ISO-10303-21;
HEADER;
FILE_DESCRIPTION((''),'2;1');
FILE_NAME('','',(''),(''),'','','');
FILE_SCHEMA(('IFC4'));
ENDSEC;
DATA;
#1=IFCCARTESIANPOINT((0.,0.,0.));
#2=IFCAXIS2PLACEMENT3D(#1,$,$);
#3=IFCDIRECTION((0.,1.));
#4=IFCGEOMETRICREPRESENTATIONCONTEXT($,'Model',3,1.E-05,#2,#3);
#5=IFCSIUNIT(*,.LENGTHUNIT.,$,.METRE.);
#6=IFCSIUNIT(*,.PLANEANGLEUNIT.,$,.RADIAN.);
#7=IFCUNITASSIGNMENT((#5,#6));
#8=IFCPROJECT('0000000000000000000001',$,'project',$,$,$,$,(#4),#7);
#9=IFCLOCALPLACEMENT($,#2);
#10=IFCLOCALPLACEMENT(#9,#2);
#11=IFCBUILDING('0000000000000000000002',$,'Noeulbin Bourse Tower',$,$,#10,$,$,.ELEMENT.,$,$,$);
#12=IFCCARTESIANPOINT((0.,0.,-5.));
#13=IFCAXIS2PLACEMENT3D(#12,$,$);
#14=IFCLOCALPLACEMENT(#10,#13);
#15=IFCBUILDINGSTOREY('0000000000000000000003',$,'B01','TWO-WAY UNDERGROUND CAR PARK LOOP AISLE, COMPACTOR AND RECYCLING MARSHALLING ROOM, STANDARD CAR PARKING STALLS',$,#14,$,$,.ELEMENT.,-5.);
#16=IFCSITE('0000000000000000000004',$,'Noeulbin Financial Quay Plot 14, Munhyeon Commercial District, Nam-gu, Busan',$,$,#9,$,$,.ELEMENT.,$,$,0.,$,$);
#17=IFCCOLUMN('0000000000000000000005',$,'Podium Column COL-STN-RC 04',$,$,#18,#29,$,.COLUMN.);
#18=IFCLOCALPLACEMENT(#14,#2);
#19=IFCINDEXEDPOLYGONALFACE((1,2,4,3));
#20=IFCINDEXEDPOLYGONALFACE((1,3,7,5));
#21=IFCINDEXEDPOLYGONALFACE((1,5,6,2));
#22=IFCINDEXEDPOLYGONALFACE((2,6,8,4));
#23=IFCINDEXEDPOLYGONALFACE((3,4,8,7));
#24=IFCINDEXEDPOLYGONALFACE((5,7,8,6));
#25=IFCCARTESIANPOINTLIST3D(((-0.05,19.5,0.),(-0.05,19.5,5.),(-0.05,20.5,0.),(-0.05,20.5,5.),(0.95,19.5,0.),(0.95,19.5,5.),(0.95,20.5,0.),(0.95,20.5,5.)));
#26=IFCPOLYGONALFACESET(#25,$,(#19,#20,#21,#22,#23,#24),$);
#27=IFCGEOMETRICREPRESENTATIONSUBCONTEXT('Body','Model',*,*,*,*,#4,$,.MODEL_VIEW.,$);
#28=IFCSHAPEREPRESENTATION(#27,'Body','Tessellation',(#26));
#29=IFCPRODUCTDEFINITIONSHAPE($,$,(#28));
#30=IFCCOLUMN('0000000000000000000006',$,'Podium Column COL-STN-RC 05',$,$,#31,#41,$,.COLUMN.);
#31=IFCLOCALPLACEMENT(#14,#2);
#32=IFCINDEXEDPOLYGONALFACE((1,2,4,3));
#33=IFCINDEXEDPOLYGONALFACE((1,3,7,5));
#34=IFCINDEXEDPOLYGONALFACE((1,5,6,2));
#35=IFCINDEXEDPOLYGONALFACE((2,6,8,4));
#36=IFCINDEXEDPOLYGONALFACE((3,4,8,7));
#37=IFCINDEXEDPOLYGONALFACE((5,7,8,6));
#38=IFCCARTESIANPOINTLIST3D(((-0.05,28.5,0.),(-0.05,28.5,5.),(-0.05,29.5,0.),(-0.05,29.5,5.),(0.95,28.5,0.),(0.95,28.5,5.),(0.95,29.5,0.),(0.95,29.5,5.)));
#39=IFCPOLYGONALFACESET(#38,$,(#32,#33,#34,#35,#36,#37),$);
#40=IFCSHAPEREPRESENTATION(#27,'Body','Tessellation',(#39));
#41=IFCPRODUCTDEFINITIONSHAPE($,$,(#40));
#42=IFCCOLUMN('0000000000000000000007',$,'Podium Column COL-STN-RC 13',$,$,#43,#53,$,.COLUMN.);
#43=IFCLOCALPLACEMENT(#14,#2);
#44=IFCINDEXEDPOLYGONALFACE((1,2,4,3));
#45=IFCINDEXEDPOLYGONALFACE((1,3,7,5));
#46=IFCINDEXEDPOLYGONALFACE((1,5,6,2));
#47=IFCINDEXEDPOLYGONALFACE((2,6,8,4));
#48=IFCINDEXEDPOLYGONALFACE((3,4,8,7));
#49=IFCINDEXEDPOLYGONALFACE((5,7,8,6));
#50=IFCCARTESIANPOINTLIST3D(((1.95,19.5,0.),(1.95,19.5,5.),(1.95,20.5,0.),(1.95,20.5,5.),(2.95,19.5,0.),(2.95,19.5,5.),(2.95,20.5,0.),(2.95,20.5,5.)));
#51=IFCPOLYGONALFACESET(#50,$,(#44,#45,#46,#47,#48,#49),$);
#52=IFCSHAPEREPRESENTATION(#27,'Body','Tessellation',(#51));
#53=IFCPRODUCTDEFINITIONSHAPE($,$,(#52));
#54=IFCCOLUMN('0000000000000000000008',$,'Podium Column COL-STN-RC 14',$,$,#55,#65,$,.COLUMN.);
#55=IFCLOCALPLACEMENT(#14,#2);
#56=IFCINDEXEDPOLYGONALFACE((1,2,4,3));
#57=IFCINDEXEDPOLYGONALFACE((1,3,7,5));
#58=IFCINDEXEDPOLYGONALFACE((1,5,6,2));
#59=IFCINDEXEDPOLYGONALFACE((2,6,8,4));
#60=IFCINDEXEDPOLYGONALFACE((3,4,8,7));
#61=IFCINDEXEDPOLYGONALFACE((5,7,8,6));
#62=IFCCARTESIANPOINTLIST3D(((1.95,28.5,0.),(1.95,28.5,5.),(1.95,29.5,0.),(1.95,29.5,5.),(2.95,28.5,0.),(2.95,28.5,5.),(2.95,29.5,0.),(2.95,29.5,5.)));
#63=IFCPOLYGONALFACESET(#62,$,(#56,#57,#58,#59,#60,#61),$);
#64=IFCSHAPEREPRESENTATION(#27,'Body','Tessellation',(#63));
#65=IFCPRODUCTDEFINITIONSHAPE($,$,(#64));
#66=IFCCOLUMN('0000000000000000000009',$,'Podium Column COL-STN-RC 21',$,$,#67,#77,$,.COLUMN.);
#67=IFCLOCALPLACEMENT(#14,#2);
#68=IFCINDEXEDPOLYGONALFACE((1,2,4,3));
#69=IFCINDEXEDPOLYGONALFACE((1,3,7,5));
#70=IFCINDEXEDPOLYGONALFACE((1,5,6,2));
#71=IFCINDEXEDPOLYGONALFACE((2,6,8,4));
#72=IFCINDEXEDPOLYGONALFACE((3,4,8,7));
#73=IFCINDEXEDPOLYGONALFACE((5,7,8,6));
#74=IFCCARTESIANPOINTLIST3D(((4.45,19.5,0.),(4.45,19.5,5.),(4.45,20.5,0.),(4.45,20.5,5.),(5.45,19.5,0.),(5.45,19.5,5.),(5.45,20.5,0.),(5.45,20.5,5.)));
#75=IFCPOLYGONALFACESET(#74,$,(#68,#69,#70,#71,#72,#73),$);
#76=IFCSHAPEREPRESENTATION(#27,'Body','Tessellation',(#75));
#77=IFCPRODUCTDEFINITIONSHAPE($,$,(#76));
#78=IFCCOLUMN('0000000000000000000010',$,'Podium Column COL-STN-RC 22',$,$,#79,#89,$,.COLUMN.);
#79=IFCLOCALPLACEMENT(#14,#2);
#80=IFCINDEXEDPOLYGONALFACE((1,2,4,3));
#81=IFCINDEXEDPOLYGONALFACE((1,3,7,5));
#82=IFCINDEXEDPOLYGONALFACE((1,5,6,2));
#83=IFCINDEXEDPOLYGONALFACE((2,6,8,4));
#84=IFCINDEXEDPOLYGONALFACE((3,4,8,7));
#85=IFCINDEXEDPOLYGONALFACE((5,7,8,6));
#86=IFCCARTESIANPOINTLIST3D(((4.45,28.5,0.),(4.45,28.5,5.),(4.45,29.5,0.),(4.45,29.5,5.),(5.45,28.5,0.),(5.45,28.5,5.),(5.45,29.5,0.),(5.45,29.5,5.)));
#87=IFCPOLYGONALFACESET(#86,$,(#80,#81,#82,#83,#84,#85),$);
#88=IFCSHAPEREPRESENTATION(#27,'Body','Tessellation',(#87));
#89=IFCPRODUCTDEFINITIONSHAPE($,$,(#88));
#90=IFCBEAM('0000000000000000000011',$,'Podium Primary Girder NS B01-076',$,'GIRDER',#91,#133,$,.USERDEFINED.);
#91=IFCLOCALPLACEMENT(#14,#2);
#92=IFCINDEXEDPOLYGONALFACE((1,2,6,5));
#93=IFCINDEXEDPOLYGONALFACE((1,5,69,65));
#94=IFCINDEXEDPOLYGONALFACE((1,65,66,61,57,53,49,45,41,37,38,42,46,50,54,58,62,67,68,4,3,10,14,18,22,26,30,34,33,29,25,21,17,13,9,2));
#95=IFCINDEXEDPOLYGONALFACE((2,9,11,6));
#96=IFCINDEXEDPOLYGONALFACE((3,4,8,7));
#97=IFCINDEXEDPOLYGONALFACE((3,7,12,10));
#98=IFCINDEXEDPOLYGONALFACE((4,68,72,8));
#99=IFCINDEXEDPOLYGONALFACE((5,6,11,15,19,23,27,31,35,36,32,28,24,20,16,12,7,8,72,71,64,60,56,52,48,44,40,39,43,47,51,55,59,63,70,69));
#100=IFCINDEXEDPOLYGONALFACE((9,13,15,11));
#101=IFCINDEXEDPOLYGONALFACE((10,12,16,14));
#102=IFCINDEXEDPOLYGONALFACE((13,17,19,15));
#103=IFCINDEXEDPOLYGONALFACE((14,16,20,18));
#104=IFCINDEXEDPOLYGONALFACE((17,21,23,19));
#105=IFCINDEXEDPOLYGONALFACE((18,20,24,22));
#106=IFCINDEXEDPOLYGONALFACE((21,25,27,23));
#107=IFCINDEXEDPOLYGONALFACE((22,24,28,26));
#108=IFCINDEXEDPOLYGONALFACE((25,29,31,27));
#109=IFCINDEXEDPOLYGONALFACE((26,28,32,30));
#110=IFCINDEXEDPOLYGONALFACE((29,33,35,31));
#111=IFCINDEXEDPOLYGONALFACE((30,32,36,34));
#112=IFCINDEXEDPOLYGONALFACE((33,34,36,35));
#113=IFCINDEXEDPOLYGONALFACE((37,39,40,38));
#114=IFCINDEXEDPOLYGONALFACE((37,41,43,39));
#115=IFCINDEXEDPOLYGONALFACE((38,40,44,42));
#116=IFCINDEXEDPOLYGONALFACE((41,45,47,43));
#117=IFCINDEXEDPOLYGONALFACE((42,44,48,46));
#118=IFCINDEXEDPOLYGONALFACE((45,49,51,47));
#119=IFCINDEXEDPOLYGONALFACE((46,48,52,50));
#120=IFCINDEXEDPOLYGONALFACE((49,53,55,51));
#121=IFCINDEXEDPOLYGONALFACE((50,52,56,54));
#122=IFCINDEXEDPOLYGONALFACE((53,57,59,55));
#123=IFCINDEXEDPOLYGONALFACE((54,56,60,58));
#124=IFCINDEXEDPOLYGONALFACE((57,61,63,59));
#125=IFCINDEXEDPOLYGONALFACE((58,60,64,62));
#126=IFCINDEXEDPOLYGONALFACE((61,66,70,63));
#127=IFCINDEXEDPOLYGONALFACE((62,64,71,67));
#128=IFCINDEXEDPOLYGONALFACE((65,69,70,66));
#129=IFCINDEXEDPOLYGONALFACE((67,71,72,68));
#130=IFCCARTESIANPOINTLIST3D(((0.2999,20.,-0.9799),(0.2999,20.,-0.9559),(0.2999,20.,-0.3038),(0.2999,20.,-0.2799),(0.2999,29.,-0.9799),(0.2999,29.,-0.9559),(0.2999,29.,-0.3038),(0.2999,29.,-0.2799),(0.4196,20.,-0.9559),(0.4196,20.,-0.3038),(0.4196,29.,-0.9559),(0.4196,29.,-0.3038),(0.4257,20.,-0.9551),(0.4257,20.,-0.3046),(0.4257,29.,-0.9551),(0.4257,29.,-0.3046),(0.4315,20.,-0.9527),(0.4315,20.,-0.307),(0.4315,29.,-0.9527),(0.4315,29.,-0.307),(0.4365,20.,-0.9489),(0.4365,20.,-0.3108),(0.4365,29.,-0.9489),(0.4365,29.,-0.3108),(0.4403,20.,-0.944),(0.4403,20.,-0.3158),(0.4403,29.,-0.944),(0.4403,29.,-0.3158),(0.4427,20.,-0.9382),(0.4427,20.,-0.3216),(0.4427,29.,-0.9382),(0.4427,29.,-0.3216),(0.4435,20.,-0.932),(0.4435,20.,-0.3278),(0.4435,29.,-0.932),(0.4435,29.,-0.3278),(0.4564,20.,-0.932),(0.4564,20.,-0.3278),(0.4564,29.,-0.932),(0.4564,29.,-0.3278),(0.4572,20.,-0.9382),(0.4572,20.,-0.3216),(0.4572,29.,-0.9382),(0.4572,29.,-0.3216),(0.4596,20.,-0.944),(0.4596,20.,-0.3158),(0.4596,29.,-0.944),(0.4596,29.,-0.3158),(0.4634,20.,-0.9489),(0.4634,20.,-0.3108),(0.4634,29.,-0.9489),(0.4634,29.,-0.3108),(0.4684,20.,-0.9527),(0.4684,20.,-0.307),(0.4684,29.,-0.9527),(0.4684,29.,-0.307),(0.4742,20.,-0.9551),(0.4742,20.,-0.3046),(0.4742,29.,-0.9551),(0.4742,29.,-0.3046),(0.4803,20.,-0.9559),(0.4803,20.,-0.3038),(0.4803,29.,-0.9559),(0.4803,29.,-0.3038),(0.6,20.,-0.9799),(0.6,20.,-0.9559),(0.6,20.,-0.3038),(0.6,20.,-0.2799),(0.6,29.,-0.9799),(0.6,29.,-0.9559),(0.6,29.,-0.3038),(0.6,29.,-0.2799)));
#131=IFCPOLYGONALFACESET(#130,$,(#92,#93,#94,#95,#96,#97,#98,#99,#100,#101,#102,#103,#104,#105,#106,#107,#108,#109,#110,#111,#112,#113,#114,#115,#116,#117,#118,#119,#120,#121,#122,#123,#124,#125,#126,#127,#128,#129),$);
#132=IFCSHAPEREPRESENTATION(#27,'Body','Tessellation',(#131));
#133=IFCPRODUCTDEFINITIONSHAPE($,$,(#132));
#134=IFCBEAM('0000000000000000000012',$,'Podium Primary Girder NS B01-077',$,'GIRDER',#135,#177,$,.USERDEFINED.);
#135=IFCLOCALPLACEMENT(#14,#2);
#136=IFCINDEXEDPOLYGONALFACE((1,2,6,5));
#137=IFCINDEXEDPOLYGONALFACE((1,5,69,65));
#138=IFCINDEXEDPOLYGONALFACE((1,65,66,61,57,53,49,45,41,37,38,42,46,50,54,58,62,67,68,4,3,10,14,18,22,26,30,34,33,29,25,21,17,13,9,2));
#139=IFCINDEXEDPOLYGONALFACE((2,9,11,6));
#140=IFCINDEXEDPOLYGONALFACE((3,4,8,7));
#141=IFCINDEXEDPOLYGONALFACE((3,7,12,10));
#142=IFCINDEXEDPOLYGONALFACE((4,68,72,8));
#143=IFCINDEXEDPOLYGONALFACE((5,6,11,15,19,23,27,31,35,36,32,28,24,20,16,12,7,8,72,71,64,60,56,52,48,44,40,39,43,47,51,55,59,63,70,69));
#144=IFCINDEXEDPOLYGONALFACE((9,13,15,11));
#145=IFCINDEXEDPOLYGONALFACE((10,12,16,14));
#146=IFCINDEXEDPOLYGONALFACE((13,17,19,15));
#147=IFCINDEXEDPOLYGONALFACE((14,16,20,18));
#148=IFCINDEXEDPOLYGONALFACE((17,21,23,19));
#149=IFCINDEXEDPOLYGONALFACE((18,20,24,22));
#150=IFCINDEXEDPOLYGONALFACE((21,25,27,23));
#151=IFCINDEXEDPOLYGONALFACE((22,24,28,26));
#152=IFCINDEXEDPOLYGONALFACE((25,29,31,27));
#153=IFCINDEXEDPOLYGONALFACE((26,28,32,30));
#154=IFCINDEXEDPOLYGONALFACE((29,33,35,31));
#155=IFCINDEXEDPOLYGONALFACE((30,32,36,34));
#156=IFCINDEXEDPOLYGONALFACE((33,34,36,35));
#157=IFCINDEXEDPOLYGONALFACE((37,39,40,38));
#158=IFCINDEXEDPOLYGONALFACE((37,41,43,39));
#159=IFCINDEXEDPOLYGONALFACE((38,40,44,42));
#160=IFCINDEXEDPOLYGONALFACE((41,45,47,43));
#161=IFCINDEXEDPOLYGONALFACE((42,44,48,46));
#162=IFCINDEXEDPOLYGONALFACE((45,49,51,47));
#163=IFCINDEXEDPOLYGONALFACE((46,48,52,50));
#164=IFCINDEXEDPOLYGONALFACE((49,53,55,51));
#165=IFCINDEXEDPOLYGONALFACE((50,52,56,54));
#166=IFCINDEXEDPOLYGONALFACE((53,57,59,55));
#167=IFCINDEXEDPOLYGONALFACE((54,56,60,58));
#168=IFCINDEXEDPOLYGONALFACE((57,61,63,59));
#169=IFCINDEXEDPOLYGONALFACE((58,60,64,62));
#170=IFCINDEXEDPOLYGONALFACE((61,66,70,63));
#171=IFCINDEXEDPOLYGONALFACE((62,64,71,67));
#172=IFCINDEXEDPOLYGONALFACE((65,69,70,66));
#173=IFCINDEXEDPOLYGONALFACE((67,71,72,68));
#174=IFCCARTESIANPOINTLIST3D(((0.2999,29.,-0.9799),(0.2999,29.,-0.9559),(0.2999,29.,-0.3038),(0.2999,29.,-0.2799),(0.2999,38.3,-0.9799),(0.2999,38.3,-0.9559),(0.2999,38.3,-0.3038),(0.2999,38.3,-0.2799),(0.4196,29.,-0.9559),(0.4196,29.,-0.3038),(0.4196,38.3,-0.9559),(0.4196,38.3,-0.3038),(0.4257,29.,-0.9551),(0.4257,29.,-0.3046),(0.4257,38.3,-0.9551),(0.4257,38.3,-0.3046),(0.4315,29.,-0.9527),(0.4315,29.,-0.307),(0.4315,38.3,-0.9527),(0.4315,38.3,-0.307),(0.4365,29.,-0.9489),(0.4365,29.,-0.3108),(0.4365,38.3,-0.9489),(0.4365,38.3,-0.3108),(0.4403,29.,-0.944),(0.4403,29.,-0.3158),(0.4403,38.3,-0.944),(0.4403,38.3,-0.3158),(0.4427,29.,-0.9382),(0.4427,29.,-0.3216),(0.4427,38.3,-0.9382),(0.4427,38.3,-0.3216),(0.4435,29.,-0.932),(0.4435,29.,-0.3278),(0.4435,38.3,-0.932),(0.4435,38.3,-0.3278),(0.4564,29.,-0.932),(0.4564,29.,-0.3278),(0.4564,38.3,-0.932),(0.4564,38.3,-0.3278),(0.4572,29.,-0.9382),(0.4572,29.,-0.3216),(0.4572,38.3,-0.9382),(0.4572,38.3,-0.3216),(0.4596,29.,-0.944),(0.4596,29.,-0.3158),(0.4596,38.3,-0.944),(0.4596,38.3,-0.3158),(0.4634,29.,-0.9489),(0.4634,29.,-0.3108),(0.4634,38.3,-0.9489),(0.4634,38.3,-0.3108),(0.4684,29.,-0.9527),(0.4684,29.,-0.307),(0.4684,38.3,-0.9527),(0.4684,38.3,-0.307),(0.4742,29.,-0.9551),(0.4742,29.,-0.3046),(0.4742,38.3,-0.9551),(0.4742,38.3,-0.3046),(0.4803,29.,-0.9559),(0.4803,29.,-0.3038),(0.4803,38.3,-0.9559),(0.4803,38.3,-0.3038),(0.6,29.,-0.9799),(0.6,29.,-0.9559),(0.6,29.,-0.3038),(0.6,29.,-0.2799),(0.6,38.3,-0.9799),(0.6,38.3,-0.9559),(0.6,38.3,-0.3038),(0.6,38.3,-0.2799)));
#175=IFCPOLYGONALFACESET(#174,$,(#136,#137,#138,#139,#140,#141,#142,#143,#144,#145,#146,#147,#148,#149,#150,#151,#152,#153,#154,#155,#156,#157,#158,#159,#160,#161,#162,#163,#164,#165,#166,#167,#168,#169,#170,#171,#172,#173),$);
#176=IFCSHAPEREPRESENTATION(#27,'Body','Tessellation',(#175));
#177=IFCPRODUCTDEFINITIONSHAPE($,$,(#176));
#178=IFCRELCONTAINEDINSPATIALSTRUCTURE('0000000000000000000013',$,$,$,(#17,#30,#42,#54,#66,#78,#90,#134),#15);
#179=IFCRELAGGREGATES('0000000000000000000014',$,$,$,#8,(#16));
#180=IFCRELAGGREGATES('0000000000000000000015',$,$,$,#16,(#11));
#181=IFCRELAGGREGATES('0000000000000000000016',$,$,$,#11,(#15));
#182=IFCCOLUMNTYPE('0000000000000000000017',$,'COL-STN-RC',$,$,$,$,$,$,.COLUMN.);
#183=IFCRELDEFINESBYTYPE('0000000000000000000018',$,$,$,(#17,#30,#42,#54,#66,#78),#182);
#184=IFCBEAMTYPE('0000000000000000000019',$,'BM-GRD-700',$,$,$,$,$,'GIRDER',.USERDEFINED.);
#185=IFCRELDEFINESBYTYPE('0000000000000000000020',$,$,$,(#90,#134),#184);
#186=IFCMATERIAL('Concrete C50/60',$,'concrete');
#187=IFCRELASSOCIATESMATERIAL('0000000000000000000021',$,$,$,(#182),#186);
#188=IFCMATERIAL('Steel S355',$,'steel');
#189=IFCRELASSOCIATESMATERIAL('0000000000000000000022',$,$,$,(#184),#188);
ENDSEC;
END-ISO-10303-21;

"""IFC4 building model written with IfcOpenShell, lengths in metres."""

from ifc_helpers import new_model, si_unit, direction, frame, origin, origin_2d, place, context, subcontext, project, spatial, rectangle, i_section, extrude, material, material_profile, profile_set, type_object, element, save


model = new_model("IFC4")

# Units and contexts
model_context = context("Model", 3, precision=1e-05, world=origin(), true_north=direction((0.0, 1.0)))
body_context = subcontext(model_context, "Body", "Model", "MODEL_VIEW")
ifc_project = project(units=[si_unit("LENGTHUNIT", "METRE"), si_unit("PLANEANGLEUNIT", "RADIAN")], contexts=[model_context])

# Site, building, storey
site_placement = place(None, origin())
site = spatial("IfcSite", under=ifc_project, at=site_placement, Name="Noeulbin Financial Quay Plot 14, Munhyeon Commercial District, Nam-gu, Busan", CompositionType="ELEMENT", RefElevation=0.0)
building_placement = place(site_placement, origin())
building = spatial("IfcBuilding", under=site, at=building_placement, Name="Noeulbin Bourse Tower", CompositionType="ELEMENT")
storey_placement = place(building_placement, frame((0.0, 0.0, -5.0)))
storey = spatial("IfcBuildingStorey", under=building, at=storey_placement, Name="B01", Description="TWO-WAY UNDERGROUND CAR PARK LOOP AISLE, COMPACTOR AND RECYCLING MARSHALLING ROOM, STANDARD CAR PARKING STALLS", CompositionType="ELEMENT", Elevation=-5.0)

# Columns
ifc_material_1 = material(Name="Concrete C50/60", Category="concrete")
ifc_material_profile_1 = material_profile(ifc_material_1, rectangle(XDim=1.0, YDim=1.0, at=origin_2d()), Name="RC-COL-1000x1000", Category="LoadBearing")
ifc_profile_set_1 = profile_set([ifc_material_profile_1], Name="Concrete C50/60")
column_type = type_object("IfcColumnType", Name="COL-STN-RC", PredefinedType="COLUMN", material=ifc_profile_set_1)
for number, where, z_axis, x_axis, name in (
    (1, (0.45, 20.0, 0.0), (0.0, 0.0, 1.0), (1.0, 0.0, 0.0), "Podium Column COL-STN-RC 04"),
    (2, (0.45, 29.0, 0.0), (0.0, 0.0, 1.0), (1.0, 0.0, 0.0), "Podium Column COL-STN-RC 05"),
    (3, (2.45, 20.0, 0.0), (0.0, 0.0, 1.0), (1.0, 0.0, 0.0), "Podium Column COL-STN-RC 13"),
    (4, (2.45, 29.0, 0.0), (0.0, 0.0, 1.0), (1.0, 0.0, 0.0), "Podium Column COL-STN-RC 14"),
    (5, (4.95, 20.0, 0.0), (0.0, 0.0, 1.0), (1.0, 0.0, 0.0), "Podium Column COL-STN-RC 21"),
    (6, (4.95, 29.0, 0.0), (0.0, 0.0, 1.0), (1.0, 0.0, 0.0), "Podium Column COL-STN-RC 22"),
):
    element("IfcColumn", number, at=place(storey_placement, frame(where, z_axis=z_axis, x_axis=x_axis)), inside=storey, type_object=column_type, Name=name, PredefinedType="COLUMN", context=body_context, shape_type="SweptSolid", body=[
        extrude(rectangle(XDim=1.0, YDim=1.0, at=origin_2d()), origin(), (0.0, 0.0, 1.0), 5.0),
    ])

# Beams
ifc_material_2 = material(Name="Steel S355", Category="steel")
ifc_material_profile_2 = material_profile(ifc_material_2, i_section(OverallWidth=0.3, OverallDepth=0.7, WebThickness=0.0129, FlangeThickness=0.0239, FilletRadius=0.0239, at=origin_2d()), Name="H-700x300x13x24", Category="LoadBearing")
ifc_profile_set_2 = profile_set([ifc_material_profile_2], Name="Steel S355")
beam_type_1 = type_object("IfcBeamType", Name="BM-GRD-700", ElementType="GIRDER", PredefinedType="USERDEFINED", material=ifc_profile_set_2)
beam_1_placement = place(storey_placement, frame((0.45, 20.0, -0.6299), z_axis=(0.0, 1.0, 0.0), x_axis=(-1.0, 0.0, 0.0)))
element("IfcBeam", 7, at=beam_1_placement, inside=storey, type_object=beam_type_1, Name="Podium Primary Girder NS B01-076", ObjectType="GIRDER", PredefinedType="USERDEFINED", context=body_context, shape_type="SweptSolid", body=[
    extrude(i_section(OverallWidth=0.3, OverallDepth=0.7, WebThickness=0.0129, FlangeThickness=0.0239, FilletRadius=0.0239, at=origin_2d()), origin(), (0.0, 0.0, 1.0), 9.0),
])
beam_2_placement = place(storey_placement, frame((0.45, 29.0, -0.6299), z_axis=(0.0, 1.0, 0.0), x_axis=(-1.0, 0.0, 0.0)))
element("IfcBeam", 8, at=beam_2_placement, inside=storey, type_object=beam_type_1, Name="Podium Primary Girder NS B01-077", ObjectType="GIRDER", PredefinedType="USERDEFINED", context=body_context, shape_type="SweptSolid", body=[
    extrude(i_section(OverallWidth=0.3, OverallDepth=0.7, WebThickness=0.0129, FlangeThickness=0.0239, FilletRadius=0.0239, at=origin_2d()), origin(), (0.0, 0.0, 1.0), 9.3),
])

save(model, "model.ifc")
